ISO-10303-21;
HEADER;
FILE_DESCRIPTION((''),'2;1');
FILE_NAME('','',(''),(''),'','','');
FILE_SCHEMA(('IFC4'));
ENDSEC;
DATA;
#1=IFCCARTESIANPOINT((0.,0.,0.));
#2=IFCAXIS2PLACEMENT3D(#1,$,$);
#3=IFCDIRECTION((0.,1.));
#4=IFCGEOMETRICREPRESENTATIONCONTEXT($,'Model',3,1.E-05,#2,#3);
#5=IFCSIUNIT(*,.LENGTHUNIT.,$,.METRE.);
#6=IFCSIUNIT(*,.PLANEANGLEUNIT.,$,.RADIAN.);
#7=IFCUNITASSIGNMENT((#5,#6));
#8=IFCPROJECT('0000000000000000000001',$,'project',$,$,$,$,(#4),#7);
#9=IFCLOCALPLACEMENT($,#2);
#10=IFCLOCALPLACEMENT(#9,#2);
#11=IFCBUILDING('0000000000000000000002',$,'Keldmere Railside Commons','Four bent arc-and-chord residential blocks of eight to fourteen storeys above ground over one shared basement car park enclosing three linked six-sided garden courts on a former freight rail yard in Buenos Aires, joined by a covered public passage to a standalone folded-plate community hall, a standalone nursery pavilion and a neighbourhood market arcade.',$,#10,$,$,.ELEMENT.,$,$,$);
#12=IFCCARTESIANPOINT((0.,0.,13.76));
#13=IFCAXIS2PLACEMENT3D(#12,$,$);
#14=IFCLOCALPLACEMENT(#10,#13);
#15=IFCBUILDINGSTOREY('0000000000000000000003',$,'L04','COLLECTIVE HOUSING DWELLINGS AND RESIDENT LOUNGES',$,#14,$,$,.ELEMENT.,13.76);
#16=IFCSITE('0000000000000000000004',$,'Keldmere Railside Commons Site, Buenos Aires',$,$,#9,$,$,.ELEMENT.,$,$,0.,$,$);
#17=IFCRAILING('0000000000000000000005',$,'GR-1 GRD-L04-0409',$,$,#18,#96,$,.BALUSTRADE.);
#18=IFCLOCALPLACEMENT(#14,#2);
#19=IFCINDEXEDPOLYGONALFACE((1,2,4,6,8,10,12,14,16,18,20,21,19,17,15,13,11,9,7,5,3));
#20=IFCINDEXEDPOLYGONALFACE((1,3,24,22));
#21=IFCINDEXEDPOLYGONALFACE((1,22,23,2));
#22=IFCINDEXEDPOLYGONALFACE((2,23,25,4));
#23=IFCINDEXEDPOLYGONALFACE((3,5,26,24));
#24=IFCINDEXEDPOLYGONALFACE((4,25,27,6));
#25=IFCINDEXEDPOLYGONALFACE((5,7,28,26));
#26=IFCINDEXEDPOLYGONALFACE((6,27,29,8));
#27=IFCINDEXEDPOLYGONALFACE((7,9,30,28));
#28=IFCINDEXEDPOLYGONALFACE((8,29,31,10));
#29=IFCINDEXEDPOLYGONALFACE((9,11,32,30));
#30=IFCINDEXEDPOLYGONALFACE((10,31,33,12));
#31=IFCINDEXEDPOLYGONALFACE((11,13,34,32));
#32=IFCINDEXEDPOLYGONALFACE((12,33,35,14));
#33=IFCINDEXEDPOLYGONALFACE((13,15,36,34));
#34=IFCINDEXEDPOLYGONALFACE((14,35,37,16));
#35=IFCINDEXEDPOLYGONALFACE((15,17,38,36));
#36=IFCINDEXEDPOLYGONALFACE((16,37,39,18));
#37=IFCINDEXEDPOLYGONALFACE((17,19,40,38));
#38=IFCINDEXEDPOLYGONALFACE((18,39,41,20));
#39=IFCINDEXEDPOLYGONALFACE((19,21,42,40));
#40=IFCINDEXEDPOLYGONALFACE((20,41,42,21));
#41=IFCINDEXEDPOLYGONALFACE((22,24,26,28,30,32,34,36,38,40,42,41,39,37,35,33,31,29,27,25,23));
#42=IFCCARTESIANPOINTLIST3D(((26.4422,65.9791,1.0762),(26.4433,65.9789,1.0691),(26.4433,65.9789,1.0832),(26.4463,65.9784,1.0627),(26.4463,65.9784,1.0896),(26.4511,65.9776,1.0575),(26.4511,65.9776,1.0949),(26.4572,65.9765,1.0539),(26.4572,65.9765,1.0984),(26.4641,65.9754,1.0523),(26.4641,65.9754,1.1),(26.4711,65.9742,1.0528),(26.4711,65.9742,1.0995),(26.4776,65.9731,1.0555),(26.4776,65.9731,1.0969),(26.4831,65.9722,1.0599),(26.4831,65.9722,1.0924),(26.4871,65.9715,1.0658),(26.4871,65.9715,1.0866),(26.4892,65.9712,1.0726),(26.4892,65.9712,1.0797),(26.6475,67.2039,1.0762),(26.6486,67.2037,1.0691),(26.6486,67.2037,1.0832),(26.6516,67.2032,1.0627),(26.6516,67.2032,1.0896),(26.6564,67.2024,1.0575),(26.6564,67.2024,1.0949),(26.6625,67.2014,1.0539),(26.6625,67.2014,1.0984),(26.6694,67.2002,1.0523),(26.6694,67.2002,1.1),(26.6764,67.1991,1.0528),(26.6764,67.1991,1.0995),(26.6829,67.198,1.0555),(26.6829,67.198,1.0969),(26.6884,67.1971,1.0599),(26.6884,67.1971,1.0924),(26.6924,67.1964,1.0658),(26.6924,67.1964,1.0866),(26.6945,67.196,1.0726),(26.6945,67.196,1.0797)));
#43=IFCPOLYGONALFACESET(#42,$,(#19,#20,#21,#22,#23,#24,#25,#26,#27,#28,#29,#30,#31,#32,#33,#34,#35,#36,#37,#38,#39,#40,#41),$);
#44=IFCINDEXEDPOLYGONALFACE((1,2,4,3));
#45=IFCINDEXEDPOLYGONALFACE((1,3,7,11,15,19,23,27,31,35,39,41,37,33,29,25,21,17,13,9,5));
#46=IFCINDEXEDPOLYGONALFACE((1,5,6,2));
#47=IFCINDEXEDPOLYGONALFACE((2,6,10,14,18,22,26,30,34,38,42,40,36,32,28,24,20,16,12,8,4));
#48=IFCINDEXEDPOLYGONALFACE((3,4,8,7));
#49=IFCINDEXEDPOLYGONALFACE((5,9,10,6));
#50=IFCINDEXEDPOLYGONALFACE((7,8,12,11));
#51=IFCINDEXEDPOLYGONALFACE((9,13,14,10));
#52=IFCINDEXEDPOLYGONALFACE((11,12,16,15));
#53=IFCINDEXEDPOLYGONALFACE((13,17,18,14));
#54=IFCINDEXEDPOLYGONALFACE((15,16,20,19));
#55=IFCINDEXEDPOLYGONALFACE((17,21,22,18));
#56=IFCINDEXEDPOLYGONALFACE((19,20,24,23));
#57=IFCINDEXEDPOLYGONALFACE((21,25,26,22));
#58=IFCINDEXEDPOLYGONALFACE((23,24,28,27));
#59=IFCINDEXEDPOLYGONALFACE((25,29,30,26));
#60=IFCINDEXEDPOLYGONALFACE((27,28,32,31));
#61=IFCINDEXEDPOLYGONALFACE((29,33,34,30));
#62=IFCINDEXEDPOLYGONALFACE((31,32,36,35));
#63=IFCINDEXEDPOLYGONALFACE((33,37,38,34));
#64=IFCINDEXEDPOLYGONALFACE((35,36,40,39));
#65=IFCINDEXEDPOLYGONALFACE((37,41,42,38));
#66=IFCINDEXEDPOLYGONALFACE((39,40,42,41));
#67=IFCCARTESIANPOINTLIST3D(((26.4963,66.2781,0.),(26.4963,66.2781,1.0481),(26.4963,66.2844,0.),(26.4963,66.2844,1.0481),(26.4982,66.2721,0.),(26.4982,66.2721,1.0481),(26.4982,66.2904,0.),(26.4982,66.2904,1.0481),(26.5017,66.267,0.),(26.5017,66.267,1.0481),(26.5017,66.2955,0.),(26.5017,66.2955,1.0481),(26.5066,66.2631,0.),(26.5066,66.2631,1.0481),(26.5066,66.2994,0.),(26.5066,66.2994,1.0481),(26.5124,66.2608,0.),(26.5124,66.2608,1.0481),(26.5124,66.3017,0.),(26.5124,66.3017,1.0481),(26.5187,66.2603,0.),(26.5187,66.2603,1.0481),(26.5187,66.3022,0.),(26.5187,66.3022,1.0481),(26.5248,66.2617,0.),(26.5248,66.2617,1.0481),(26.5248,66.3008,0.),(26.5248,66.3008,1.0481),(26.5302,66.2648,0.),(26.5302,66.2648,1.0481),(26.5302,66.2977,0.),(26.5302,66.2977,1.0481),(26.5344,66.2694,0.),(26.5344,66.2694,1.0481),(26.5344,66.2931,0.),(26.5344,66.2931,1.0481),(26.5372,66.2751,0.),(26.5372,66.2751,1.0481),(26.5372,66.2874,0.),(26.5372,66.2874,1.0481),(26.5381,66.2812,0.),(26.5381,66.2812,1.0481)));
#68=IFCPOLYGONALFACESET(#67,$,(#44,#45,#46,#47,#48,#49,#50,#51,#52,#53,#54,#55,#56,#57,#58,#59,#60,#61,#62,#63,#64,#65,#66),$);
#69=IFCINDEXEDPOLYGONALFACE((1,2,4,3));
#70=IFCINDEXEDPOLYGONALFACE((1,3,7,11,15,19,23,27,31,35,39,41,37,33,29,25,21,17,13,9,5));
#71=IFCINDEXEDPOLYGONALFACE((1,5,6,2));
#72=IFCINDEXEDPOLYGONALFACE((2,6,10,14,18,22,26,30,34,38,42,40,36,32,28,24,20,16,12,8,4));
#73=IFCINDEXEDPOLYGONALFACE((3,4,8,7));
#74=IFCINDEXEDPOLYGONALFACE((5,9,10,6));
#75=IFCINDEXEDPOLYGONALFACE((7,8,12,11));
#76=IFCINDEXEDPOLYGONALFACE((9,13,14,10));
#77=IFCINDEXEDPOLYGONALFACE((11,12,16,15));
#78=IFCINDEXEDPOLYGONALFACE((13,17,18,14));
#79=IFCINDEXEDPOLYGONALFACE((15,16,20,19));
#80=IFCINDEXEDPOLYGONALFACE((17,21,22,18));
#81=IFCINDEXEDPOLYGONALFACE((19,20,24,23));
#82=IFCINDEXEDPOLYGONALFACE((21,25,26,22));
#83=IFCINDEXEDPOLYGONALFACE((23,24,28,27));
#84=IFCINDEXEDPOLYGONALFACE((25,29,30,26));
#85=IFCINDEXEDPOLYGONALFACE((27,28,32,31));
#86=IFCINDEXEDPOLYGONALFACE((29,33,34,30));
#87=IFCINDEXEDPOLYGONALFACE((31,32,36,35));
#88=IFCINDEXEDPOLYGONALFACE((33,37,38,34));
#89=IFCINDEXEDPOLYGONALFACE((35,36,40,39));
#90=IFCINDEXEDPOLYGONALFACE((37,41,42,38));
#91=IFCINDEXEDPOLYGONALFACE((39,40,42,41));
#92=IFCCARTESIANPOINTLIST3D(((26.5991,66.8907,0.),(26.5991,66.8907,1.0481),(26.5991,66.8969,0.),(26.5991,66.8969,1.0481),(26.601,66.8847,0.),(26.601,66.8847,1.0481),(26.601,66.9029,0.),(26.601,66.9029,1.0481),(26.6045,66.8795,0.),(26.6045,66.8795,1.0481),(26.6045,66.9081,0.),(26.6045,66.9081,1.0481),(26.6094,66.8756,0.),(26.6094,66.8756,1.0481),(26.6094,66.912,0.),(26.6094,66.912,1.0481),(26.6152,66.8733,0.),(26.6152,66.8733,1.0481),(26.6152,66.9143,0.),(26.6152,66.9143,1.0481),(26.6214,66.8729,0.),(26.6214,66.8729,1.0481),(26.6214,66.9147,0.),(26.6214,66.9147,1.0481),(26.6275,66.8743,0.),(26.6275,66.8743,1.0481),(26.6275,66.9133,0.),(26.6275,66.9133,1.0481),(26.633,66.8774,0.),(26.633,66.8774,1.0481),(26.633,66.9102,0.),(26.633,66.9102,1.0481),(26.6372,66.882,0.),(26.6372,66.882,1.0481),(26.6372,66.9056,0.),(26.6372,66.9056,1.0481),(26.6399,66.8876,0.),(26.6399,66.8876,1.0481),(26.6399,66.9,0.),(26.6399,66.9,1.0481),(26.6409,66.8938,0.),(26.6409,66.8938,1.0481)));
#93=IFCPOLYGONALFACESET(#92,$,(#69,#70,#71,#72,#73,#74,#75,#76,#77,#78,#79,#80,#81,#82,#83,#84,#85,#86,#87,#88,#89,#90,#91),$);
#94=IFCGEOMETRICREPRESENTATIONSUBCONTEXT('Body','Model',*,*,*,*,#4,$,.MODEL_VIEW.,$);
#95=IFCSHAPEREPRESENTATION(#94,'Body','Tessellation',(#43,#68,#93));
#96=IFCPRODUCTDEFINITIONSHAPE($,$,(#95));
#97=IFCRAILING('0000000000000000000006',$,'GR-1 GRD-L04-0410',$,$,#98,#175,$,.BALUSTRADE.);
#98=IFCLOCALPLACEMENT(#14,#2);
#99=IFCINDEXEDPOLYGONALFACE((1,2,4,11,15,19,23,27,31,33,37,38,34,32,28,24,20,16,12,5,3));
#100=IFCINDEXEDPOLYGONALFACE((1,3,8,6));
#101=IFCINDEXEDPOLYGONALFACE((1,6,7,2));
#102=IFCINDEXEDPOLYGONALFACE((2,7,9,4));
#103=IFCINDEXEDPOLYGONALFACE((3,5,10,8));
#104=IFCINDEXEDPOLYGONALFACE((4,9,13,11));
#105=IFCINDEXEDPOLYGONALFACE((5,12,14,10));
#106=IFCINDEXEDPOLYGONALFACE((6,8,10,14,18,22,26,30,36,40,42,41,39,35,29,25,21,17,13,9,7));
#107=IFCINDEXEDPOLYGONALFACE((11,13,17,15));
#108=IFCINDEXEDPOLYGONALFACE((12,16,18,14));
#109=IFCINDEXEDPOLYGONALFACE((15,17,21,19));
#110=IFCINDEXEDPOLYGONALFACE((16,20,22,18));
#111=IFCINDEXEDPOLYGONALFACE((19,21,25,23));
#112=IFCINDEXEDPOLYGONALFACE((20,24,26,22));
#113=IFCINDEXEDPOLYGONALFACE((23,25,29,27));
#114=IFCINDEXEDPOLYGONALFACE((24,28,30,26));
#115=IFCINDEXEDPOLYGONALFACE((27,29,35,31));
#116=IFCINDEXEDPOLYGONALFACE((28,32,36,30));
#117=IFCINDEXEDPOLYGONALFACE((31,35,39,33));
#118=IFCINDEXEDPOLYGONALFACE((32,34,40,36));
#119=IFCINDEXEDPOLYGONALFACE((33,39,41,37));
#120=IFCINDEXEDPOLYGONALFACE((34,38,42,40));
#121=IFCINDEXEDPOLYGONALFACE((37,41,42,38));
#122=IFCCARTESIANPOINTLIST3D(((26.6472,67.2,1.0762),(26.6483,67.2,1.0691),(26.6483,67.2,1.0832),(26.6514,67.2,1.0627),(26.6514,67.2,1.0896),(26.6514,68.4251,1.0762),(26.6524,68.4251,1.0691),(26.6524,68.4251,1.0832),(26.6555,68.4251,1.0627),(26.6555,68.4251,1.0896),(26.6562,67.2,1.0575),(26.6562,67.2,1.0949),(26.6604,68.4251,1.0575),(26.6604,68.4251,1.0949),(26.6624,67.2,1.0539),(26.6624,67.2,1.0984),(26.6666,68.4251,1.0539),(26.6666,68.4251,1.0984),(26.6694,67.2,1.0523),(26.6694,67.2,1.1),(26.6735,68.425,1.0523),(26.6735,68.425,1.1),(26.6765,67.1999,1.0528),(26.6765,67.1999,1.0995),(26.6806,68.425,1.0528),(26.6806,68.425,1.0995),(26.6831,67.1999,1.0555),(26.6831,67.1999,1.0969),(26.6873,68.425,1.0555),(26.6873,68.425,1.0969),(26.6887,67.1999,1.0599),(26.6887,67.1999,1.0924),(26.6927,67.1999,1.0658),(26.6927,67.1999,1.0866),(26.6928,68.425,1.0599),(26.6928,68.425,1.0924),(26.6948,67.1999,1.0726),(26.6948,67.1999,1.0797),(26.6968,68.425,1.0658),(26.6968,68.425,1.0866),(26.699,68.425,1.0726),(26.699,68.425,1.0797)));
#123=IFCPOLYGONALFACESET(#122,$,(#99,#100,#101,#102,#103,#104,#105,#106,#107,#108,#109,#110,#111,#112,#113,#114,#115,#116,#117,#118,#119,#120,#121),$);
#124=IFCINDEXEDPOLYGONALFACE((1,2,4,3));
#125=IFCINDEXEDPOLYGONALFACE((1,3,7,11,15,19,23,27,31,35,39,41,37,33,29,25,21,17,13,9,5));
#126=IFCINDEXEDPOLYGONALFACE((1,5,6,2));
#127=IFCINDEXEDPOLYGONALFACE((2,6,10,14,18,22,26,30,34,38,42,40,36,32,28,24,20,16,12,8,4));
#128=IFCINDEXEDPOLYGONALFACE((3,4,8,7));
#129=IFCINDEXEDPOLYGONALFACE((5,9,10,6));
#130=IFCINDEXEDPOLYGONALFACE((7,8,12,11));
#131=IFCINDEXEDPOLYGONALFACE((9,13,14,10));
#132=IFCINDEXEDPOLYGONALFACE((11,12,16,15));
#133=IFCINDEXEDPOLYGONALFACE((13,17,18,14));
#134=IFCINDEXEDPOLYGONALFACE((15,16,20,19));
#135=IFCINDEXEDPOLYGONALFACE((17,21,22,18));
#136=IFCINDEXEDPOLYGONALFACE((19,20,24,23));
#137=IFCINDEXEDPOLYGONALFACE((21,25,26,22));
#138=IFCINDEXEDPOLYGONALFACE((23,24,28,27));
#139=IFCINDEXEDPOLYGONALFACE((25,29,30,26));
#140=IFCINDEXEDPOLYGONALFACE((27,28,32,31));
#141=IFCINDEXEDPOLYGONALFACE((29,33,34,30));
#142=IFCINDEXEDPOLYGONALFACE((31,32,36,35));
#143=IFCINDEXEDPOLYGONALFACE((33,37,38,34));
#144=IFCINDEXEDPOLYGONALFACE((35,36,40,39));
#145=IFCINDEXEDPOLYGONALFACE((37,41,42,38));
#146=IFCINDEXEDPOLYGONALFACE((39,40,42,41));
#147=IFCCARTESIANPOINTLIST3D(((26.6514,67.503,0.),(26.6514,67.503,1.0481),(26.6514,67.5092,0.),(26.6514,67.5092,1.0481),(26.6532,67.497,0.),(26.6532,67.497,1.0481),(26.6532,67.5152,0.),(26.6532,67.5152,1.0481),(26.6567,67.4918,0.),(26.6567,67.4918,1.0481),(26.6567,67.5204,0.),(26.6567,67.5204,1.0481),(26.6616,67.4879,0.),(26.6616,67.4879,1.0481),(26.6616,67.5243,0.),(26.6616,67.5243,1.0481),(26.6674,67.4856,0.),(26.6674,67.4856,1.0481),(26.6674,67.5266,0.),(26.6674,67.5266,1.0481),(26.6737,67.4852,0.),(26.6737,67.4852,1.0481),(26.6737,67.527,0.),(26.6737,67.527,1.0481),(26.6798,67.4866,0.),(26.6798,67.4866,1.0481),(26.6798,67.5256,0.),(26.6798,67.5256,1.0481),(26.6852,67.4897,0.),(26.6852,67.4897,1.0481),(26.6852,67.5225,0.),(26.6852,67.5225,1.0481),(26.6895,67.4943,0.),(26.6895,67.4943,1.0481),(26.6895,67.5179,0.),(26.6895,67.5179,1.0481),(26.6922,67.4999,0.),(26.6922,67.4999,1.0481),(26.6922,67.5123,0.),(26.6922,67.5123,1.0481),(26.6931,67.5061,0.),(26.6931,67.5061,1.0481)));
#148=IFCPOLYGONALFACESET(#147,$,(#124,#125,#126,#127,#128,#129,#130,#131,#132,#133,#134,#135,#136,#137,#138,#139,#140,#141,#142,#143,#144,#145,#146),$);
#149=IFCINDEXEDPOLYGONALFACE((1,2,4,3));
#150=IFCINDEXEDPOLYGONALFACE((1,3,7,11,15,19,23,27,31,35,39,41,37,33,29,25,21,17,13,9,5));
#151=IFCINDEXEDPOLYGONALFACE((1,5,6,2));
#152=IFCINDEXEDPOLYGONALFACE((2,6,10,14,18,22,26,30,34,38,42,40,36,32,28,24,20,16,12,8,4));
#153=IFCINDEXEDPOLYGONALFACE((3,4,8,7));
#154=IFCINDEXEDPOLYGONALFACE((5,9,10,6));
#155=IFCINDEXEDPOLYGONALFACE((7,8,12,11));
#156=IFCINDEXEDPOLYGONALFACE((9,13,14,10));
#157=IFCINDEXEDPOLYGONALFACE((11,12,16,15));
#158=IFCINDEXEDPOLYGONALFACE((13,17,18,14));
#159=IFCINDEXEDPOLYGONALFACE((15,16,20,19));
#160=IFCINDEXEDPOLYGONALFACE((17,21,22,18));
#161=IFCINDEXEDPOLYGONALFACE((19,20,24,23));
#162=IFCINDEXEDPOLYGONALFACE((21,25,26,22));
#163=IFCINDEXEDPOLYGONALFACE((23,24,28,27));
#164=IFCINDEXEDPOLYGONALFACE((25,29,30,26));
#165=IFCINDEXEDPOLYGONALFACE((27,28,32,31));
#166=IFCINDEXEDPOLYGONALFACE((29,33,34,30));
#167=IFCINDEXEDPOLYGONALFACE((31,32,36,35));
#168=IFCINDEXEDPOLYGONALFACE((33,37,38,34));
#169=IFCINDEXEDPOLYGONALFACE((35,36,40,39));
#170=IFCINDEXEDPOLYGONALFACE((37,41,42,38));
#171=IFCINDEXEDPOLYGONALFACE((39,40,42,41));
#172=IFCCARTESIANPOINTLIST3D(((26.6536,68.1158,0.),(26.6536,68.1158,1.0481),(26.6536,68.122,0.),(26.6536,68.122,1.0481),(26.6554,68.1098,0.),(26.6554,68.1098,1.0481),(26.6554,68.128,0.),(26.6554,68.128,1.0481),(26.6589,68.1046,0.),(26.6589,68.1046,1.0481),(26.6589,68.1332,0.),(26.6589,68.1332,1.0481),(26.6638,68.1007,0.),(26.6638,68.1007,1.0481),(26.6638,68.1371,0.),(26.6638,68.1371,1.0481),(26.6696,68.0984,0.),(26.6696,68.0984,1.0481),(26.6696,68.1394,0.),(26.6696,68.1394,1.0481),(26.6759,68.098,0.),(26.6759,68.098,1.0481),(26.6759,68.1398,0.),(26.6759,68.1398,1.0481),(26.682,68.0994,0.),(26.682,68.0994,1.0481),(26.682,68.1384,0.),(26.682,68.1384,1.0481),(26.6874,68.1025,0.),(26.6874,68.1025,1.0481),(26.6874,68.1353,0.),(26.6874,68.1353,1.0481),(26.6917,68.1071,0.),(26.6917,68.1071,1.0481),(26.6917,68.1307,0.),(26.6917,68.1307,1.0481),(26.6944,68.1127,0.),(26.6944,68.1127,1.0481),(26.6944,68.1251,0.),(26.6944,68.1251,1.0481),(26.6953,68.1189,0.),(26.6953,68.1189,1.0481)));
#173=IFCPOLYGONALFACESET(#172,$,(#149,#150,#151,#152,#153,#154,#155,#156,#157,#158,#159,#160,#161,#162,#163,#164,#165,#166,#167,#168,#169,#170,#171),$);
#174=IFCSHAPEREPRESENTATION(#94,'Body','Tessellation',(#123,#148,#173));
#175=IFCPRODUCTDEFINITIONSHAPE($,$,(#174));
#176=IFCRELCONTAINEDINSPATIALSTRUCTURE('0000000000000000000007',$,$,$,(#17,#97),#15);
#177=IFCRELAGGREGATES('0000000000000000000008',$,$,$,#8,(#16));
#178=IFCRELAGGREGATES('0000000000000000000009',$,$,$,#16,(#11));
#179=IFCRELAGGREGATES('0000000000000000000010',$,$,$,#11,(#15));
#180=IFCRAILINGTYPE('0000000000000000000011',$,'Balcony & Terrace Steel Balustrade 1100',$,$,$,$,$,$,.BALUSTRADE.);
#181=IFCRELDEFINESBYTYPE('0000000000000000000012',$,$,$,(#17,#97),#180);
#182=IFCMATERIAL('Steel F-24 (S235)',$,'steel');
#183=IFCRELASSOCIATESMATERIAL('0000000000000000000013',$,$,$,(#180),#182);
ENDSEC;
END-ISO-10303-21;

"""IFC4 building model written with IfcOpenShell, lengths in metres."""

from ifc_helpers import new_model, si_unit, direction, frame, origin, origin_2d, place, context, subcontext, project, spatial, circle, extrude, material, type_object, element, save


model = new_model("IFC4")

# Units and contexts
model_context = context("Model", 3, precision=1e-05, world=origin(), true_north=direction((0.0, 1.0)))
body_context = subcontext(model_context, "Body", "Model", "MODEL_VIEW")
ifc_project = project(units=[si_unit("LENGTHUNIT", "METRE"), si_unit("PLANEANGLEUNIT", "RADIAN")], contexts=[model_context])

# Site, building, storey
site_placement = place(None, origin())
site = spatial("IfcSite", under=ifc_project, at=site_placement, Name="Keldmere Railside Commons Site, Buenos Aires", CompositionType="ELEMENT", RefElevation=0.0)
building_placement = place(site_placement, origin())
building = spatial("IfcBuilding", under=site, at=building_placement, Name="Keldmere Railside Commons", Description="Four bent arc-and-chord residential blocks of eight to fourteen storeys above ground over one shared basement car park enclosing three linked six-sided garden courts on a former freight rail yard in Buenos Aires, joined by a covered public passage to a standalone folded-plate community hall, a standalone nursery pavilion and a neighbourhood market arcade.", CompositionType="ELEMENT")
storey_placement = place(building_placement, frame((0.0, 0.0, 13.76)))
storey = spatial("IfcBuildingStorey", under=building, at=storey_placement, Name="L04", Description="COLLECTIVE HOUSING DWELLINGS AND RESIDENT LOUNGES", CompositionType="ELEMENT", Elevation=13.76)

# Railings
ifc_material_1 = material(Name="Steel F-24 (S235)", Category="steel")
railing_type_1 = type_object("IfcRailingType", Name="Balcony & Terrace Steel Balustrade 1100", PredefinedType="BALUSTRADE", material=ifc_material_1)
railing_1_placement = place(storey_placement, frame((26.4658, 65.9751, 0.0)))
element("IfcRailing", 1, at=railing_1_placement, inside=storey, type_object=railing_type_1, Name="GR-1 GRD-L04-0409", PredefinedType="BALUSTRADE", context=body_context, shape_type="SweptSolid", body=[
    extrude(circle(Radius=0.0239, at=origin_2d()), frame((0.0, 0.0, 1.0762), z_axis=(0.165323, 0.986239, 0.0), x_axis=(-0.986239, 0.165323, 0.0)), (0.0, 0.0, 1.0), 1.2419),
    extrude(circle(Radius=0.021, at=origin_2d()), frame((0.0513, 0.3062, 0.0)), (0.0, 0.0, 1.0), 1.0481),
    extrude(circle(Radius=0.021, at=origin_2d()), frame((0.1541, 0.9187, 0.0)), (0.0, 0.0, 1.0), 1.0481),
])
railing_2_placement = place(storey_placement, frame((26.6711, 67.2, 0.0)))
element("IfcRailing", 2, at=railing_2_placement, inside=storey, type_object=railing_type_1, Name="GR-1 GRD-L04-0410", PredefinedType="BALUSTRADE", context=body_context, shape_type="SweptSolid", body=[
    extrude(circle(Radius=0.0239, at=origin_2d()), frame((0.0, 0.0, 1.0762), z_axis=(0.003388, 0.999994, 0.0), x_axis=(-0.999994, 0.003388, 0.0)), (0.0, 0.0, 1.0), 1.2251),
    extrude(circle(Radius=0.021, at=origin_2d()), frame((0.001, 0.3062, 0.0)), (0.0, 0.0, 1.0), 1.0481),
    extrude(circle(Radius=0.021, at=origin_2d()), frame((0.0032, 0.9189, 0.0)), (0.0, 0.0, 1.0), 1.0481),
])

save(model, "model.ifc")
